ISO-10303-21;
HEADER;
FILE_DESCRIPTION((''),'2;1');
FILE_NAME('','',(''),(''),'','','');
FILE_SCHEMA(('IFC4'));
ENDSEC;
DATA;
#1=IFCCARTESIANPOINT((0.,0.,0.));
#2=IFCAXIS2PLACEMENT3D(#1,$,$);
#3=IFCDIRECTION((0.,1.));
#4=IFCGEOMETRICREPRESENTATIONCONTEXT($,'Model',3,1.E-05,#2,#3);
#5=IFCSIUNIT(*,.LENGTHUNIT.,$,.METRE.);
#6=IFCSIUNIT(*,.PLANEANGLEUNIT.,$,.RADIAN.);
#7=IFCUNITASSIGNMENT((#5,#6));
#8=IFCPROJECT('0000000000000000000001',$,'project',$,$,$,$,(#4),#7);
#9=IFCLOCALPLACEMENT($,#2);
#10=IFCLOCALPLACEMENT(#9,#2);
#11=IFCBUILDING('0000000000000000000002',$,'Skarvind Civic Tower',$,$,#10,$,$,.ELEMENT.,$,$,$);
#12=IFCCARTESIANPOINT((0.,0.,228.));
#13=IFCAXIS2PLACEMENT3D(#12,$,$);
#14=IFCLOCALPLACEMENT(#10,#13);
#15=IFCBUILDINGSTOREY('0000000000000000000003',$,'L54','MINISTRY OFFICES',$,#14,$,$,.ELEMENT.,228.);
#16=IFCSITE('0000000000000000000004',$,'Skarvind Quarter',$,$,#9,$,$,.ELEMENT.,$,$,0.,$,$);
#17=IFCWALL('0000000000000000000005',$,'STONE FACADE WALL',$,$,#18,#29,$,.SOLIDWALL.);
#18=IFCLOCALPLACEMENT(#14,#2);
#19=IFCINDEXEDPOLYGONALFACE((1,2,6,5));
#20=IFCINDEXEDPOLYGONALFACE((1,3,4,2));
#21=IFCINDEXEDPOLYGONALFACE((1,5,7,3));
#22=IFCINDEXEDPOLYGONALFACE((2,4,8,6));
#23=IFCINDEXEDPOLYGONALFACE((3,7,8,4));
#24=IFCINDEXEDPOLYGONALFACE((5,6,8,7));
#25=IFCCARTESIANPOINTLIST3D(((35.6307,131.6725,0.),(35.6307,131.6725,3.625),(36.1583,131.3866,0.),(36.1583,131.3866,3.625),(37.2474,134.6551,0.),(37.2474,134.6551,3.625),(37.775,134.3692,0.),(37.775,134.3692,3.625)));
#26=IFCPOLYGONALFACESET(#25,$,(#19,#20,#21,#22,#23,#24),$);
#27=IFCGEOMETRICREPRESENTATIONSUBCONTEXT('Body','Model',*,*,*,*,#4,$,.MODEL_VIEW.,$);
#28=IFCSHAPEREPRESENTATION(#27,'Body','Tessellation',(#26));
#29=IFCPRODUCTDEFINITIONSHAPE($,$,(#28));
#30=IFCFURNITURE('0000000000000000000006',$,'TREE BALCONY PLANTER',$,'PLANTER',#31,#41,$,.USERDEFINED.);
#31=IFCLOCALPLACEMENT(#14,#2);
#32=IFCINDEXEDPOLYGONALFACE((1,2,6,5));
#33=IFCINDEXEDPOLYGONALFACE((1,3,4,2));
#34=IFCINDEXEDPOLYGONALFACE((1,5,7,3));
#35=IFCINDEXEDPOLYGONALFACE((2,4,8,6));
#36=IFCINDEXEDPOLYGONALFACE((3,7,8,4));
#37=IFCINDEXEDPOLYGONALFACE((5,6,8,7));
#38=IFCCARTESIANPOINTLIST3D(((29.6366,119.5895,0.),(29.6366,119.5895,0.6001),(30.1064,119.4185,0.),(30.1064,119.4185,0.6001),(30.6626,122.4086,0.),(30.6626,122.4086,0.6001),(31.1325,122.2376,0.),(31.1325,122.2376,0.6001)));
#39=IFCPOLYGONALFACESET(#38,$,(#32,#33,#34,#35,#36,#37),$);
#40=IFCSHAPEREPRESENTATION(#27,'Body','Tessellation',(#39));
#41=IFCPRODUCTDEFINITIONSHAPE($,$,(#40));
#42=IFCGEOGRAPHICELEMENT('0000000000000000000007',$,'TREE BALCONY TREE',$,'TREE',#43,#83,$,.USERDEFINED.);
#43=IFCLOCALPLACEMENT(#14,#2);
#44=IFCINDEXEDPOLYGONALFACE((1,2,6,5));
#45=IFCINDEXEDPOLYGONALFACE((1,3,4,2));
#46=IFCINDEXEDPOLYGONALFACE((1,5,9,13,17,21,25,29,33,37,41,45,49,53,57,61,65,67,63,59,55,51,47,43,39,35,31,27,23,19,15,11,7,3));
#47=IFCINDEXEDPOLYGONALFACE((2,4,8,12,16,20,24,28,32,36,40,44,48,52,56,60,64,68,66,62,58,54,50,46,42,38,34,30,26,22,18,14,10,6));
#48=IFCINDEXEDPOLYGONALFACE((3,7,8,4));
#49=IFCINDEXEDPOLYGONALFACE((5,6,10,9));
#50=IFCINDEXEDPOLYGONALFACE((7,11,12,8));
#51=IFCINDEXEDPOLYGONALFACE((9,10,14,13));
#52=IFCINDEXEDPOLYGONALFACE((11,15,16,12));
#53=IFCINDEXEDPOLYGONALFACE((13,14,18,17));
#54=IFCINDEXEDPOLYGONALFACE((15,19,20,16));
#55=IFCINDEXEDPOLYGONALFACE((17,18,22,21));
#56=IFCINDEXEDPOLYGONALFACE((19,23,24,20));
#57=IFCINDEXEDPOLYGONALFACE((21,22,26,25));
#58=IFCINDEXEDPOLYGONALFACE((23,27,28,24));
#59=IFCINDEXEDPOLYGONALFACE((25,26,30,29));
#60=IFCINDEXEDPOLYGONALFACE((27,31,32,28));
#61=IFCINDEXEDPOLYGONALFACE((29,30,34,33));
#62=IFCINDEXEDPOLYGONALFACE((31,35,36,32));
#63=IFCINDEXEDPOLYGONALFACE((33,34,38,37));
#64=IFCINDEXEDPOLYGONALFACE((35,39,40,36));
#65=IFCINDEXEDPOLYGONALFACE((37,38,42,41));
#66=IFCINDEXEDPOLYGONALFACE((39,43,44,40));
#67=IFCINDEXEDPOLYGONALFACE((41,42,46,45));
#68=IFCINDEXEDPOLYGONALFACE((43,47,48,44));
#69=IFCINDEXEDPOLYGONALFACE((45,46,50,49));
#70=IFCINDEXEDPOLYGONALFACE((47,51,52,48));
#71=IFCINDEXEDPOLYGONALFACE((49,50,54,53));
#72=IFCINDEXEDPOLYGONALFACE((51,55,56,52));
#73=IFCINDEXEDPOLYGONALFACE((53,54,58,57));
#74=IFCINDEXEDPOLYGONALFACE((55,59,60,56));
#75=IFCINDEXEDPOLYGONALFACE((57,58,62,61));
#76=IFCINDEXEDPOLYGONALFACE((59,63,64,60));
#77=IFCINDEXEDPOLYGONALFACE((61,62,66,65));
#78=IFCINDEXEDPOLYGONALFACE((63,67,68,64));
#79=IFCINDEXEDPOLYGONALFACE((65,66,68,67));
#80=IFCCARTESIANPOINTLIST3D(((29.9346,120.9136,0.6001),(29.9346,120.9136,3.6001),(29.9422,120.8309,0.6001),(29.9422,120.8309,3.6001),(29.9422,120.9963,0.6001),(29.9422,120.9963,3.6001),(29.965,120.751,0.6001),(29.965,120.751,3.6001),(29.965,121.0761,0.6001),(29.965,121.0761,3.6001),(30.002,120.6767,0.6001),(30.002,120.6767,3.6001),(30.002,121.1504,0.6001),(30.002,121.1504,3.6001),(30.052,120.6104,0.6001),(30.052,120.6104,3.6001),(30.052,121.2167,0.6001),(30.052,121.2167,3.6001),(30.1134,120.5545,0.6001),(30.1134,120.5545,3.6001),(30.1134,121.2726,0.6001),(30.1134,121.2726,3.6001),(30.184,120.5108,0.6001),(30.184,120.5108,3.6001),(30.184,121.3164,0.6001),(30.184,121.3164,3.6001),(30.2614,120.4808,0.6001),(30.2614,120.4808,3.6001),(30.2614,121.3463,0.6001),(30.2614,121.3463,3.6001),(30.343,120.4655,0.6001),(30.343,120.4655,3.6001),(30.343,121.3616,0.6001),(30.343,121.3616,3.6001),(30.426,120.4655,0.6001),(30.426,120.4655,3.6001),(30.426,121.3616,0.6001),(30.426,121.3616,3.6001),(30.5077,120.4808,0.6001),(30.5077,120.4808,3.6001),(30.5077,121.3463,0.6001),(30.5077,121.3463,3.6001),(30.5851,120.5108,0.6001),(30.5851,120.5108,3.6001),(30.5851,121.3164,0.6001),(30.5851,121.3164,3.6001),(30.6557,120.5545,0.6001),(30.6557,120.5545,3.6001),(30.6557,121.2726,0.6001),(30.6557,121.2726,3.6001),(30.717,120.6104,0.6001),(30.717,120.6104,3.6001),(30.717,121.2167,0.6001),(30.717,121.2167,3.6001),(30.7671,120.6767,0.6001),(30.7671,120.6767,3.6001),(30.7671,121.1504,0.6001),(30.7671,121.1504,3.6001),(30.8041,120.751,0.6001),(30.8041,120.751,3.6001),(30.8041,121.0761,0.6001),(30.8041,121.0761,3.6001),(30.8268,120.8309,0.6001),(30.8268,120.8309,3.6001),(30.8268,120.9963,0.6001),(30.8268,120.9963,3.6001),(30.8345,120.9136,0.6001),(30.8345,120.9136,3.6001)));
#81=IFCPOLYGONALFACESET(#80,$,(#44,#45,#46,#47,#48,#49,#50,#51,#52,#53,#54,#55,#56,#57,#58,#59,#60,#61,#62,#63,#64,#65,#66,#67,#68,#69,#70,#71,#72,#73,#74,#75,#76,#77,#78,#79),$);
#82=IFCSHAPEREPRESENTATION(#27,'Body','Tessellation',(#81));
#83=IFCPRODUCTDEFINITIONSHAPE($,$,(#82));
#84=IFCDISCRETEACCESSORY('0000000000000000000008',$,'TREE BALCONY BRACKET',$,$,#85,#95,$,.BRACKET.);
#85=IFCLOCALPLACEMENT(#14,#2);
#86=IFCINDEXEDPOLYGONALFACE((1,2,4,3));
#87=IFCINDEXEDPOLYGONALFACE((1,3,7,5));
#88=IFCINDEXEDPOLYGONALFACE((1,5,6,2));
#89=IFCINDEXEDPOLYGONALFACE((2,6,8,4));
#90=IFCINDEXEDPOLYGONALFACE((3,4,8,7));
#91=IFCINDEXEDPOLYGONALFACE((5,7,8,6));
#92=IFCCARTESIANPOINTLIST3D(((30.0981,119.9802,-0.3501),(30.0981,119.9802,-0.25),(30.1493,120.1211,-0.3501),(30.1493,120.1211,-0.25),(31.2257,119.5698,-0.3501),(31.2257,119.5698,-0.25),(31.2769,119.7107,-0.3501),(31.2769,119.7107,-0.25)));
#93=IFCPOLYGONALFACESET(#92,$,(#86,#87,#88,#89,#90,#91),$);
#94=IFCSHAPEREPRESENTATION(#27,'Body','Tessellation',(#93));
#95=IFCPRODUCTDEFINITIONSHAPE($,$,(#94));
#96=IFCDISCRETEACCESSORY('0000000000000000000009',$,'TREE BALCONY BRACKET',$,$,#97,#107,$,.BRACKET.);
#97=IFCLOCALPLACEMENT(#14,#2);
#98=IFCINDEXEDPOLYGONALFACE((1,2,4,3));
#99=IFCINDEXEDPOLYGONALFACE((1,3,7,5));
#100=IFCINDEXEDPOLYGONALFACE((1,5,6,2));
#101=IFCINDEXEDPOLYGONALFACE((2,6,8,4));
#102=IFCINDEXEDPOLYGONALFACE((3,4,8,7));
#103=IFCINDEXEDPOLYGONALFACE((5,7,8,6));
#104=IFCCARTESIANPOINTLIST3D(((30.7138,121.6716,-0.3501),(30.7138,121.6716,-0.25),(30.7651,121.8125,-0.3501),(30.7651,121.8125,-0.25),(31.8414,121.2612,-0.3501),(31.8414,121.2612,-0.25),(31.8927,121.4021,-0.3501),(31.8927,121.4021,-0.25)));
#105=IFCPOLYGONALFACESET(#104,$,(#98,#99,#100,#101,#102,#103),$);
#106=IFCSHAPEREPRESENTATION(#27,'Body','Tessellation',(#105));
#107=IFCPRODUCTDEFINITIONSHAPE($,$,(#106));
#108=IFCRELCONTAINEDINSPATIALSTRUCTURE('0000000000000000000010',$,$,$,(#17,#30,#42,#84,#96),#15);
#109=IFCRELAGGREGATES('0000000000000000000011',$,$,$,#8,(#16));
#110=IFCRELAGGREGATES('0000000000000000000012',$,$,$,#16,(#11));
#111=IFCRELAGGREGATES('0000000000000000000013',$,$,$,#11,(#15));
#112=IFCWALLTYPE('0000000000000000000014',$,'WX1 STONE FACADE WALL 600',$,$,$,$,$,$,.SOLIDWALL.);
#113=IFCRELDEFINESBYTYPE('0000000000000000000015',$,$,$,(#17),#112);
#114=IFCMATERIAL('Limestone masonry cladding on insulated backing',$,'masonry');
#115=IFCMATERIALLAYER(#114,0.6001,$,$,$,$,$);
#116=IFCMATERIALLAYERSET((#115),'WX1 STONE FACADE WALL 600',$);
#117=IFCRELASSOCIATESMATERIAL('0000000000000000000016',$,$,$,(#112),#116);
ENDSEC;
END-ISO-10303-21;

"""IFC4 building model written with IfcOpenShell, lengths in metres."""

from ifc_helpers import new_model, si_unit, direction, frame, frame_2d, origin, origin_2d, place, context, subcontext, project, spatial, rectangle, circle, extrude, material, layer, layer_set, type_object, element, save


model = new_model("IFC4")

# Units and contexts
model_context = context("Model", 3, precision=1e-05, world=origin(), true_north=direction((0.0, 1.0)))
body_context = subcontext(model_context, "Body", "Model", "MODEL_VIEW")
ifc_project = project(units=[si_unit("LENGTHUNIT", "METRE"), si_unit("PLANEANGLEUNIT", "RADIAN")], contexts=[model_context])

# Site, building, storey
site_placement = place(None, origin())
site = spatial("IfcSite", under=ifc_project, at=site_placement, Name="Skarvind Quarter", CompositionType="ELEMENT", RefElevation=0.0)
building_placement = place(site_placement, origin())
building = spatial("IfcBuilding", under=site, at=building_placement, Name="Skarvind Civic Tower", CompositionType="ELEMENT")
storey_placement = place(building_placement, frame((0.0, 0.0, 228.0)))
storey = spatial("IfcBuildingStorey", under=building, at=storey_placement, Name="L54", Description="MINISTRY OFFICES", CompositionType="ELEMENT", Elevation=228.0)

# Shared definitions
ifc_material_1 = material(Name="Limestone masonry cladding on insulated backing", Category="masonry")
ifc_layer_1 = layer(ifc_material_1, 0.6001)
ifc_layer_set_1 = layer_set([ifc_layer_1], Name="WX1 STONE FACADE WALL 600")
wall_type_1 = type_object("IfcWallType", Name="WX1 STONE FACADE WALL 600", PredefinedType="SOLIDWALL", material=ifc_layer_set_1)

# Wall
wall_1_placement = place(storey_placement, frame((35.8945, 131.5295, 0.0), z_axis=(0.0, 0.0, 1.0), x_axis=(0.476531, 0.879158, 0.0)))
element("IfcWall", 1, at=wall_1_placement, inside=storey, type_object=wall_type_1, Name="STONE FACADE WALL", PredefinedType="SOLIDWALL", context=body_context, shape_type="SweptSolid", body=[
    extrude(rectangle(XDim=3.3926, YDim=0.6001, at=frame_2d((1.6963, 0.0))), origin(), (0.0, 0.0, 1.0), 3.625),
])

# Furniture
furniture_placement = place(storey_placement, frame((30.3845, 120.9136, 0.0), z_axis=(0.0, 0.0, 1.0), x_axis=(0.34202, 0.939693, 0.0)))
element("IfcFurniture", 2, at=furniture_placement, inside=storey, Name="TREE BALCONY PLANTER", ObjectType="PLANTER", PredefinedType="USERDEFINED", context=body_context, shape_type="SweptSolid", body=[
    extrude(rectangle(XDim=3.0, YDim=0.5, at=origin_2d()), origin(), (0.0, 0.0, 1.0), 0.6001),
])

# Geographic element
geographic_element_placement = place(storey_placement, frame((30.3845, 120.9136, 0.6001), z_axis=(0.0, 0.0, 1.0), x_axis=(1.0, 0.0, 0.0)))
element("IfcGeographicElement", 3, at=geographic_element_placement, inside=storey, Name="TREE BALCONY TREE", ObjectType="TREE", PredefinedType="USERDEFINED", context=body_context, shape_type="SweptSolid", body=[
    extrude(circle(Radius=0.45, at=origin_2d()), origin(), (0.0, 0.0, 1.0), 3.0),
])

# Discrete accessories
for number, where, z_axis, x_axis, name in (
    (4, (30.6875, 119.8455, -0.3501), (0.0, 0.0, 1.0), (0.34202, 0.939693, 0.0), "TREE BALCONY BRACKET"),
    (5, (31.3032, 121.5369, -0.3501), (0.0, 0.0, 1.0), (0.34202, 0.939693, 0.0), "TREE BALCONY BRACKET"),
):
    element("IfcDiscreteAccessory", number, at=place(storey_placement, frame(where, z_axis=z_axis, x_axis=x_axis)), inside=storey, Name=name, PredefinedType="BRACKET", context=body_context, shape_type="SweptSolid", body=[
        extrude(rectangle(XDim=0.1499, YDim=1.2, at=origin_2d()), origin(), (0.0, 0.0, 1.0), 0.1001),
    ])

save(model, "model.ifc")
